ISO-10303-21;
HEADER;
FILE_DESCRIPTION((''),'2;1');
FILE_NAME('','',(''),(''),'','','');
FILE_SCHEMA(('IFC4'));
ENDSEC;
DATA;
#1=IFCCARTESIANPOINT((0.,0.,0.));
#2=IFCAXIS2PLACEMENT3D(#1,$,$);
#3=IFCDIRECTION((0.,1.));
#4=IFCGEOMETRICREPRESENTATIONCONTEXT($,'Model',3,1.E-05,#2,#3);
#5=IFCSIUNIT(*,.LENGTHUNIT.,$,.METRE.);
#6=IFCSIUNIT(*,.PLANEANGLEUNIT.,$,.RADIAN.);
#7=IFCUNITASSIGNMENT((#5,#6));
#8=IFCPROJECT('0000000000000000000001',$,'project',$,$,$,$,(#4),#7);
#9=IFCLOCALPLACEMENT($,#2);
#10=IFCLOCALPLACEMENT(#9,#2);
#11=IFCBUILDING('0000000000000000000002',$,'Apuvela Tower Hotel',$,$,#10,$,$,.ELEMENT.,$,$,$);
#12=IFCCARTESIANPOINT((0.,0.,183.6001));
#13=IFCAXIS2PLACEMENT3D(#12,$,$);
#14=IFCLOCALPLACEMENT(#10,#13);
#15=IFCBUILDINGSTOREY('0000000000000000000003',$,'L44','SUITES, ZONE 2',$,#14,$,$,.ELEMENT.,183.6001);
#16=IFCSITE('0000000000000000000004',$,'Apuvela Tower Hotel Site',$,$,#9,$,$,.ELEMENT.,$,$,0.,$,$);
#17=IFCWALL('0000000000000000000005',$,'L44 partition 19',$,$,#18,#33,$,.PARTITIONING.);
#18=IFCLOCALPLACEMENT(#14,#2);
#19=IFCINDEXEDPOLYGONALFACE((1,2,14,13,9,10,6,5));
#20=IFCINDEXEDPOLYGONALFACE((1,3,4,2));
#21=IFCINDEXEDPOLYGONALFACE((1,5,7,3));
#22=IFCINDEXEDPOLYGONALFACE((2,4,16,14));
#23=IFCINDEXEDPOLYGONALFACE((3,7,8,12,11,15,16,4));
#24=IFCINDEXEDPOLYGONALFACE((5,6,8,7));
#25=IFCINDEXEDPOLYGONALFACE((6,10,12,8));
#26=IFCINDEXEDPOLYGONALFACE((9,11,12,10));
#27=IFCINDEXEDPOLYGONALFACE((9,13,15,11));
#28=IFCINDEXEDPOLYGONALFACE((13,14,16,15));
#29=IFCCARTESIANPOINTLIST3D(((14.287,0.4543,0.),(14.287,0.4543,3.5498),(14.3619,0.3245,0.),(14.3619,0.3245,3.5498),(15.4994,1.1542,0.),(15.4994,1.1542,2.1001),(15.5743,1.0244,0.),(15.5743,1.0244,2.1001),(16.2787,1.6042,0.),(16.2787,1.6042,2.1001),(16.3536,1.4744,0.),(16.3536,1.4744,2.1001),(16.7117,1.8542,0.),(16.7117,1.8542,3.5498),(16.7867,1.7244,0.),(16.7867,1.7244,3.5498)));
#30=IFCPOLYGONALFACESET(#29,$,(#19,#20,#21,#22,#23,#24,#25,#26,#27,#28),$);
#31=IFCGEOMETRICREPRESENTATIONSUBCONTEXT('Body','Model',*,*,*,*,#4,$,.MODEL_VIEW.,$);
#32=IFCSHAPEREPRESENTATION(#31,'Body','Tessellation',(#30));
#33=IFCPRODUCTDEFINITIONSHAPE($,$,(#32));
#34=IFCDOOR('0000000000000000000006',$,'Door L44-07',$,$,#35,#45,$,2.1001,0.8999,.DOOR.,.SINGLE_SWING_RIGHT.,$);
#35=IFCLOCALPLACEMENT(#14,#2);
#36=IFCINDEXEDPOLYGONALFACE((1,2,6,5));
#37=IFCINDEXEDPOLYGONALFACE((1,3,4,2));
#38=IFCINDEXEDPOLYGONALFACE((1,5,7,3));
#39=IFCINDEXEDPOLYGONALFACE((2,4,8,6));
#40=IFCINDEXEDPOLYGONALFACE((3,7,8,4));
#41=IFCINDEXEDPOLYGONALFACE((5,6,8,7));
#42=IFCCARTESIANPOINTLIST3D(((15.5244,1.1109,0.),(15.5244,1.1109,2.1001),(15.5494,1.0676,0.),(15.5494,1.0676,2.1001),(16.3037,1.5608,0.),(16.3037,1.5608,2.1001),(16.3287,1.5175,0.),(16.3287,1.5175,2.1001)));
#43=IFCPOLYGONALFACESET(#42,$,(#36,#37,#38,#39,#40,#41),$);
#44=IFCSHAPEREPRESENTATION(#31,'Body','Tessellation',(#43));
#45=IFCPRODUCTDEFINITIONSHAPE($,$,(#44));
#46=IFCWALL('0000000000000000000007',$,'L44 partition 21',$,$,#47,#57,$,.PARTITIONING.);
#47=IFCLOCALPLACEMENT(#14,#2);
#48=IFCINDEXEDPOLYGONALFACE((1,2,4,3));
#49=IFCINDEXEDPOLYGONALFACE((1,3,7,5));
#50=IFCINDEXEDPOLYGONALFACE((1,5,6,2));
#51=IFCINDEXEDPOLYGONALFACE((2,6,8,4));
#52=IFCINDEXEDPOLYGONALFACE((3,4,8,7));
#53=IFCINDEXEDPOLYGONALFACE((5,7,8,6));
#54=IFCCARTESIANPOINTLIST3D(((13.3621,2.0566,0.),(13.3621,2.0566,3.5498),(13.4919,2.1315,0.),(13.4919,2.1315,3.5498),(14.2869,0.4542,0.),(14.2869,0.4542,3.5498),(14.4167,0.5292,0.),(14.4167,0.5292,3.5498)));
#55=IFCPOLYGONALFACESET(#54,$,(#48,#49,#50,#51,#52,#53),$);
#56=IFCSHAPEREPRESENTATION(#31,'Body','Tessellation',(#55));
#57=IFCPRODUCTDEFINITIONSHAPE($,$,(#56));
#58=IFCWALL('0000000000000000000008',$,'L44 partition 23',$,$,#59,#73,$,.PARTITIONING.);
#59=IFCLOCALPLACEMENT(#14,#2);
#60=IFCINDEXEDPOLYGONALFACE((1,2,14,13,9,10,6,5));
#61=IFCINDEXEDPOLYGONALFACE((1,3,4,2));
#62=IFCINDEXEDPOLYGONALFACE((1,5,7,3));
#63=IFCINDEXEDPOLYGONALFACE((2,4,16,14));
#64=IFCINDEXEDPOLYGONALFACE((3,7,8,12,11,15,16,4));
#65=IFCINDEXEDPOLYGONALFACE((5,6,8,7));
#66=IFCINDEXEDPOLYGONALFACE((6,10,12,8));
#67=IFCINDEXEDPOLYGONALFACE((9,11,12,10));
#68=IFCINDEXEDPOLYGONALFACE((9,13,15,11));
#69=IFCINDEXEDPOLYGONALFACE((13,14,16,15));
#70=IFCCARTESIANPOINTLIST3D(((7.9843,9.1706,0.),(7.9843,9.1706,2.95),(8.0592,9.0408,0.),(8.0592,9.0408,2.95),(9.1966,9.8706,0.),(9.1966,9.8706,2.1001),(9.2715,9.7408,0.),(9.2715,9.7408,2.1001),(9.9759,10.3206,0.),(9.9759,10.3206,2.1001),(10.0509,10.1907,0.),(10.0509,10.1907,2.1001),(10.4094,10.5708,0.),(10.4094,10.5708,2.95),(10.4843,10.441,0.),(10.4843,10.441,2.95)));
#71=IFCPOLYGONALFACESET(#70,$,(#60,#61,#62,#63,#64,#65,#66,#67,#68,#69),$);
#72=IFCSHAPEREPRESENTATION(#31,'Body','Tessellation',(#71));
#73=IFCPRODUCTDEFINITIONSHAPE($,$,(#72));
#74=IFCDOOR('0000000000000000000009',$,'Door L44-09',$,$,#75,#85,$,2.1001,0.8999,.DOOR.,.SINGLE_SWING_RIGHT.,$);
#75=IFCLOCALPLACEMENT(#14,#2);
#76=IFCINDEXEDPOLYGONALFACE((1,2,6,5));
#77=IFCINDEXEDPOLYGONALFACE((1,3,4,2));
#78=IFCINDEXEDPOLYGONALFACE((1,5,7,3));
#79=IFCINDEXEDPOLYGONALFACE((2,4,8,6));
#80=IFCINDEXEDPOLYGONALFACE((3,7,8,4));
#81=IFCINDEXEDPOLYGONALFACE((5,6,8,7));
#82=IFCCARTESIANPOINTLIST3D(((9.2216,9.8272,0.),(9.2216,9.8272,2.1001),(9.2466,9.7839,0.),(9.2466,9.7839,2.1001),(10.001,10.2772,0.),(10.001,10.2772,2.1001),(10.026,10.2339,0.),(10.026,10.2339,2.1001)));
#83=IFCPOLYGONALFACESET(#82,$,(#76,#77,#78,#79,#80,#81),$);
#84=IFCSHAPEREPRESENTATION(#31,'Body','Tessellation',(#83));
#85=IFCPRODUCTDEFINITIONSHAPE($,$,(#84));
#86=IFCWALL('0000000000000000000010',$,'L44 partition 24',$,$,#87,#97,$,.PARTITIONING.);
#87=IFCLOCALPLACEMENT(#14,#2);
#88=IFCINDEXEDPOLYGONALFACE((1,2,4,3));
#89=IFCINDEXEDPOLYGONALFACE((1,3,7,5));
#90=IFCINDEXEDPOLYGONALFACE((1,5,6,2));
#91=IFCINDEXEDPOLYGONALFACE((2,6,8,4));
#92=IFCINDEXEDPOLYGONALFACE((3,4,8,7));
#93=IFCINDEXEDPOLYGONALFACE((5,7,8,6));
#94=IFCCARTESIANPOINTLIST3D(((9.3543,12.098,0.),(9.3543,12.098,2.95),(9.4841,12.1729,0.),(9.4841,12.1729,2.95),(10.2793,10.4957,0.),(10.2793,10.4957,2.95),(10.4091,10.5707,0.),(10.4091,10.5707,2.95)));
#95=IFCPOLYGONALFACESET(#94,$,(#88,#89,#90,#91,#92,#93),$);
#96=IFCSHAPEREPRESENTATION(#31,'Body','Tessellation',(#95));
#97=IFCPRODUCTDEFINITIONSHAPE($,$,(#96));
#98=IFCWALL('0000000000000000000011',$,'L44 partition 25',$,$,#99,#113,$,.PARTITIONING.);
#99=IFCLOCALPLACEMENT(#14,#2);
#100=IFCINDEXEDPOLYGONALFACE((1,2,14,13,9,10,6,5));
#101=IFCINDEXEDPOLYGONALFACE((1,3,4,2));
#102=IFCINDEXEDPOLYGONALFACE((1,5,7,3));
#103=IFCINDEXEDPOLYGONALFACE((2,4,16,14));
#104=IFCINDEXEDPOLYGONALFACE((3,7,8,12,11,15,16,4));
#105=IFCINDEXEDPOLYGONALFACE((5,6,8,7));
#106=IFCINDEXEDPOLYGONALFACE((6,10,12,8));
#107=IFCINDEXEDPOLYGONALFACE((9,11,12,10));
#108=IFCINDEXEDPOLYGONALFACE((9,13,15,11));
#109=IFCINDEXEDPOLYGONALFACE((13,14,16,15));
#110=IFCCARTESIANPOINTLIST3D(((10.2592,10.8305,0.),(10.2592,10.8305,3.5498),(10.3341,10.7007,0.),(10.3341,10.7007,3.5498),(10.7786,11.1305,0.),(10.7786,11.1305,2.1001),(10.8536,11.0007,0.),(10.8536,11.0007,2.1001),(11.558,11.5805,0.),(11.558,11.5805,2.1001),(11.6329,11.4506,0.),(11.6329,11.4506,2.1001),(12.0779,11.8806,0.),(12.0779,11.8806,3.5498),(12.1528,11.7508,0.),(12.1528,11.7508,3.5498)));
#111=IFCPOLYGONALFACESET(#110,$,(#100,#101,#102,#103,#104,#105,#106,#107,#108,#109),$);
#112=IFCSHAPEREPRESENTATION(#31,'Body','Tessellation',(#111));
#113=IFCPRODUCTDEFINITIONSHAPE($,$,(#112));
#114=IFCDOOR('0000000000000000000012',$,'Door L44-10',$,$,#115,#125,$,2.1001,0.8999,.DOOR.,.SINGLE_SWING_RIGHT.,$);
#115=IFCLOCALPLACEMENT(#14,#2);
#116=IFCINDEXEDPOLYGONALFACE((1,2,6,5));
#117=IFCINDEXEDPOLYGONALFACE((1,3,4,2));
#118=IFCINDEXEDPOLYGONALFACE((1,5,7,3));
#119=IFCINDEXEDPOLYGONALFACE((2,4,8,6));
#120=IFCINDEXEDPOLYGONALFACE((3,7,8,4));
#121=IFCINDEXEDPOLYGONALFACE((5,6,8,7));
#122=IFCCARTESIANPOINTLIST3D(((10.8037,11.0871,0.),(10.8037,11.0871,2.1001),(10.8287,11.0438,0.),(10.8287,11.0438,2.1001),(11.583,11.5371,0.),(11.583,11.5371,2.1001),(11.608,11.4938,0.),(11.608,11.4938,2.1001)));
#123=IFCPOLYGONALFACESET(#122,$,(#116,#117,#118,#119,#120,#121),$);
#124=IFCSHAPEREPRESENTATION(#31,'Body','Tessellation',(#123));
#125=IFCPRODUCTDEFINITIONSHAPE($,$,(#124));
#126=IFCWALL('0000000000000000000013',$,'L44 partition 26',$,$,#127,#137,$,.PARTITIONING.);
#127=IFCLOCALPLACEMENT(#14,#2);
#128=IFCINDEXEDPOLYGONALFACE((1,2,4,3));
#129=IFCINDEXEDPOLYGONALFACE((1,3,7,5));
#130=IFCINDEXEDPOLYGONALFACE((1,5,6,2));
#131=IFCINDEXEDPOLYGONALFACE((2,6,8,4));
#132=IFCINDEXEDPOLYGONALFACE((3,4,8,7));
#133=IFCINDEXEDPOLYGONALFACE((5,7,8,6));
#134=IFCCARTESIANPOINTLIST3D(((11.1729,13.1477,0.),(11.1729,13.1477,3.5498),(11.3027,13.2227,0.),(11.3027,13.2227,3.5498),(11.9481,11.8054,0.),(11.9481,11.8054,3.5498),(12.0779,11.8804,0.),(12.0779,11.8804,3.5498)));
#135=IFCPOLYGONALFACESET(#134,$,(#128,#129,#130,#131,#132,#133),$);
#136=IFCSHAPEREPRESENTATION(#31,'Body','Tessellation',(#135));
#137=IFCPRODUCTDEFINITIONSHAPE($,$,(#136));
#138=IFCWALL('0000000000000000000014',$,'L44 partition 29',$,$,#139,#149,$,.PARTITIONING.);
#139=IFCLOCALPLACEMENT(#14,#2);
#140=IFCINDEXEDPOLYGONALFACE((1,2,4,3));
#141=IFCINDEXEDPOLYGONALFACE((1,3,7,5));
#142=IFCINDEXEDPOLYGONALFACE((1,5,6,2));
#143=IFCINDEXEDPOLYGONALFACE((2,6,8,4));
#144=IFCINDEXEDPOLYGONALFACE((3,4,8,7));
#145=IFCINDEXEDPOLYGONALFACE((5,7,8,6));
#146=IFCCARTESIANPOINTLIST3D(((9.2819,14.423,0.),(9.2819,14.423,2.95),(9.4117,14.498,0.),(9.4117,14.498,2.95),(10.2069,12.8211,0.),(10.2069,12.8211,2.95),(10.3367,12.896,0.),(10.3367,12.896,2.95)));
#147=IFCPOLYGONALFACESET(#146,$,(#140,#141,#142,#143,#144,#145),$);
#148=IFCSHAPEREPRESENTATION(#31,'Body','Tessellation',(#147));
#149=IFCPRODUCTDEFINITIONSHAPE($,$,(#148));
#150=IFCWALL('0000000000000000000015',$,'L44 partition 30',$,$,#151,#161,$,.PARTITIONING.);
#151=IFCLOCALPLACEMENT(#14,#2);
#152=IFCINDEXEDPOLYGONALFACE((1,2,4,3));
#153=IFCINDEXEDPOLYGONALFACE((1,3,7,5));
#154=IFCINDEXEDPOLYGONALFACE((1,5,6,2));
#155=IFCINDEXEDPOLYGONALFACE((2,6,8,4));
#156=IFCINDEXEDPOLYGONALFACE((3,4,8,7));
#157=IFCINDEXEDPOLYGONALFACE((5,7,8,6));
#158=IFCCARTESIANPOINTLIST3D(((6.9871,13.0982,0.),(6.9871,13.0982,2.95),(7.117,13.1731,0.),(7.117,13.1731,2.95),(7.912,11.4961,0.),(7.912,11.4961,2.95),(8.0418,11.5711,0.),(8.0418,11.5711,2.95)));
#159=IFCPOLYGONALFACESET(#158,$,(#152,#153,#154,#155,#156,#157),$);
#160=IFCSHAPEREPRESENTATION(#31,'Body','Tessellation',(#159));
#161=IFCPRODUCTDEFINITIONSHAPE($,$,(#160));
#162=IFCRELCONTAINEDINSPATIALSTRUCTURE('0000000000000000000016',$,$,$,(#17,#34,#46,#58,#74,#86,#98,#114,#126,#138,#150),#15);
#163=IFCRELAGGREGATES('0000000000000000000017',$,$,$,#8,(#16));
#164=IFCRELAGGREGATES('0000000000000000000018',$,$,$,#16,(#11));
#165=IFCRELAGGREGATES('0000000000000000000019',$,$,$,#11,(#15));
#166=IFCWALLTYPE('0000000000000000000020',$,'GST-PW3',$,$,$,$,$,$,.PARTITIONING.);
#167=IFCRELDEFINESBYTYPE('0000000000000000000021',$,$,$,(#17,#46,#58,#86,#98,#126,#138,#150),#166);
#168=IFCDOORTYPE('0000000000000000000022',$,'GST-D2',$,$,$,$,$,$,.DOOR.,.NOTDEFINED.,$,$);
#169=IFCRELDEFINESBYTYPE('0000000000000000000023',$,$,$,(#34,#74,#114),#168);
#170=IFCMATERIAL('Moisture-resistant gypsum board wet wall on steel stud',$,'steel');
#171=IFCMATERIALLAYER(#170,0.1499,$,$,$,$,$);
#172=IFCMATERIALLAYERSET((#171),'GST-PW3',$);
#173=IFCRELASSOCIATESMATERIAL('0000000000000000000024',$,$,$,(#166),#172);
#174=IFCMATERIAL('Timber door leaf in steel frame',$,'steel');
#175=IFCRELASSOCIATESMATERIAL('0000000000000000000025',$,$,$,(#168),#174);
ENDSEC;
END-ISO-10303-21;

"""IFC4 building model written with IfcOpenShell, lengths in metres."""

from ifc_helpers import new_model, si_unit, direction, frame, frame_2d, origin, place, context, subcontext, project, spatial, rectangle, extrude, material, layer, layer_set, type_object, element, fill, save


model = new_model("IFC4")

# Units and contexts
model_context = context("Model", 3, precision=1e-05, world=origin(), true_north=direction((0.0, 1.0)))
body_context = subcontext(model_context, "Body", "Model", "MODEL_VIEW")
ifc_project = project(units=[si_unit("LENGTHUNIT", "METRE"), si_unit("PLANEANGLEUNIT", "RADIAN")], contexts=[model_context])

# Site, building, storey
site_placement = place(None, origin())
site = spatial("IfcSite", under=ifc_project, at=site_placement, Name="Apuvela Tower Hotel Site", CompositionType="ELEMENT", RefElevation=0.0)
building_placement = place(site_placement, origin())
building = spatial("IfcBuilding", under=site, at=building_placement, Name="Apuvela Tower Hotel", CompositionType="ELEMENT")
storey_placement = place(building_placement, frame((0.0, 0.0, 183.6001)))
storey = spatial("IfcBuildingStorey", under=building, at=storey_placement, Name="L44", Description="SUITES, ZONE 2", CompositionType="ELEMENT", Elevation=183.6001)

# Wall, opening, door
ifc_material_1 = material(Name="Timber door leaf in steel frame", Category="steel")
ifc_material_2 = material(Name="Moisture-resistant gypsum board wet wall on steel stud", Category="steel")
ifc_layer_1 = layer(ifc_material_2, 0.1499)
ifc_layer_set_1 = layer_set([ifc_layer_1], Name="GST-PW3")
wall_type_1 = type_object("IfcWallType", Name="GST-PW3", PredefinedType="PARTITIONING", material=ifc_layer_set_1)
wall_1_placement = place(storey_placement, frame((14.3245, 0.3894, 0.0), z_axis=(0.0, 0.0, 1.0), x_axis=(0.866035, 0.499984, 0.0)))
wall_1 = element("IfcWall", 1, at=wall_1_placement, inside=storey, type_object=wall_type_1, Name="L44 partition 19", PredefinedType="PARTITIONING", context=body_context, shape_type="SweptSolid", body=[
    extrude(rectangle(XDim=2.7998, YDim=0.1499, at=frame_2d((1.3999, 0.0))), origin(), (0.0, 0.0, 1.0), 3.5498),
])
opening_1_placement = place(wall_1_placement, frame((1.3999, 0.0, 0.0)))
opening_1 = element("IfcOpeningElement", 2, at=opening_1_placement, cuts=wall_1, PredefinedType="OPENING", context=body_context, shape_type="SweptSolid", body=[
    extrude(rectangle(XDim=0.8999, YDim=2.1001, at=frame_2d((0.45, 1.05))), frame((0.0, 0.085, 0.0), z_axis=(0.0, -1.0, 0.0), x_axis=(1.0, 0.0, 0.0)), (0.0, 0.0, 1.0), 0.1699),
])
door_type_1 = type_object("IfcDoorType", Name="GST-D2", OperationType="NOTDEFINED", PredefinedType="DOOR", material=ifc_material_1)
door_1_placement = place(opening_1_placement, origin())
door_1 = element("IfcDoor", 3, at=door_1_placement, inside=storey, type_object=door_type_1, Name="Door L44-07", OperationType="SINGLE_SWING_RIGHT", OverallHeight=2.1001, OverallWidth=0.8999, PredefinedType="DOOR", context=body_context, shape_type="SweptSolid", body=[
    extrude(rectangle(XDim=0.8999, YDim=2.1001, at=frame_2d((0.45, 1.05))), frame((0.0, 0.0249, 0.0), z_axis=(0.0, -1.0, 0.0), x_axis=(1.0, 0.0, 0.0)), (0.0, 0.0, 1.0), 0.05),
])
fill(opening_1, door_1)

# Wall
wall_2_placement = place(storey_placement, frame((14.3518, 0.4917, 0.0), z_axis=(0.0, 0.0, 1.0), x_axis=(-0.499886, 0.866091, 0.0)))
element("IfcWall", 4, at=wall_2_placement, inside=storey, type_object=wall_type_1, Name="L44 partition 21", PredefinedType="PARTITIONING", context=body_context, shape_type="SweptSolid", body=[
    extrude(rectangle(XDim=1.8501, YDim=0.1499, at=frame_2d((0.925, 0.0))), origin(), (0.0, 0.0, 1.0), 3.5498),
])

# Wall, opening, door
wall_3_placement = place(storey_placement, frame((8.0217, 9.1057, 0.0), z_axis=(0.0, 0.0, 1.0), x_axis=(0.866019, 0.500012, 0.0)))
wall_3 = element("IfcWall", 5, at=wall_3_placement, inside=storey, type_object=wall_type_1, Name="L44 partition 23", PredefinedType="PARTITIONING", context=body_context, shape_type="SweptSolid", body=[
    extrude(rectangle(XDim=2.8003, YDim=0.1499, at=frame_2d((1.4001, 0.0))), origin(), (0.0, 0.0, 1.0), 2.95),
])
opening_2_placement = place(wall_3_placement, frame((1.3999, 0.0, 0.0)))
opening_2 = element("IfcOpeningElement", 6, at=opening_2_placement, cuts=wall_3, PredefinedType="OPENING", context=body_context, shape_type="SweptSolid", body=[
    extrude(rectangle(XDim=0.8999, YDim=2.1001, at=frame_2d((0.45, 1.05))), frame((0.0, 0.085, 0.0), z_axis=(0.0, -1.0, 0.0), x_axis=(1.0, 0.0, 0.0)), (0.0, 0.0, 1.0), 0.1699),
])
door_2_placement = place(opening_2_placement, origin())
door_2 = element("IfcDoor", 7, at=door_2_placement, inside=storey, type_object=door_type_1, Name="Door L44-09", OperationType="SINGLE_SWING_RIGHT", OverallHeight=2.1001, OverallWidth=0.8999, PredefinedType="DOOR", context=body_context, shape_type="SweptSolid", body=[
    extrude(rectangle(XDim=0.8999, YDim=2.1001, at=frame_2d((0.45, 1.05))), frame((0.0, 0.0249, 0.0), z_axis=(0.0, -1.0, 0.0), x_axis=(1.0, 0.0, 0.0)), (0.0, 0.0, 1.0), 0.05),
])
fill(opening_2, door_2)

# Wall
wall_4_placement = place(storey_placement, frame((10.3442, 10.5332, 0.0), z_axis=(0.0, 0.0, 1.0), x_axis=(-0.499985, 0.866034, 0.0)))
element("IfcWall", 8, at=wall_4_placement, inside=storey, type_object=wall_type_1, Name="L44 partition 24", PredefinedType="PARTITIONING", context=body_context, shape_type="SweptSolid", body=[
    extrude(rectangle(XDim=1.8501, YDim=0.1499, at=frame_2d((0.925, 0.0))), origin(), (0.0, 0.0, 1.0), 2.95),
])

# Wall, opening, door
wall_5_placement = place(storey_placement, frame((10.2966, 10.7656, 0.0), z_axis=(0.0, 0.0, 1.0), x_axis=(0.866009, 0.500028, 0.0)))
wall_5 = element("IfcWall", 9, at=wall_5_placement, inside=storey, type_object=wall_type_1, Name="L44 partition 25", PredefinedType="PARTITIONING", context=body_context, shape_type="SweptSolid", body=[
    extrude(rectangle(XDim=2.1001, YDim=0.1499, at=frame_2d((1.05, 0.0))), origin(), (0.0, 0.0, 1.0), 3.5498),
])
opening_3_placement = place(wall_5_placement, frame((0.5999, 0.0, 0.0)))
opening_3 = element("IfcOpeningElement", 10, at=opening_3_placement, cuts=wall_5, PredefinedType="OPENING", context=body_context, shape_type="SweptSolid", body=[
    extrude(rectangle(XDim=0.8999, YDim=2.1001, at=frame_2d((0.45, 1.05))), frame((0.0, 0.085, 0.0), z_axis=(0.0, -1.0, 0.0), x_axis=(1.0, 0.0, 0.0)), (0.0, 0.0, 1.0), 0.1699),
])
door_3_placement = place(opening_3_placement, origin())
door_3 = element("IfcDoor", 11, at=door_3_placement, inside=storey, type_object=door_type_1, Name="Door L44-10", OperationType="SINGLE_SWING_RIGHT", OverallHeight=2.1001, OverallWidth=0.8999, PredefinedType="DOOR", context=body_context, shape_type="SweptSolid", body=[
    extrude(rectangle(XDim=0.8999, YDim=2.1001, at=frame_2d((0.45, 1.05))), frame((0.0, 0.0249, 0.0), z_axis=(0.0, -1.0, 0.0), x_axis=(1.0, 0.0, 0.0)), (0.0, 0.0, 1.0), 0.05),
])
fill(opening_3, door_3)

# Walls
wall_6_placement = place(storey_placement, frame((12.0129, 11.843, 0.0), z_axis=(0.0, 0.0, 1.0), x_axis=(-0.500086, 0.865976, 0.0)))
element("IfcWall", 12, at=wall_6_placement, inside=storey, type_object=wall_type_1, Name="L44 partition 26", PredefinedType="PARTITIONING", context=body_context, shape_type="SweptSolid", body=[
    extrude(rectangle(XDim=1.55, YDim=0.1499, at=frame_2d((0.7749, 0.0))), origin(), (0.0, 0.0, 1.0), 3.5498),
])
for number, where, z_axis, x_axis, name in (
    (13, (10.2717, 12.8586, 0.0), (0.0, 0.0, 1.0), (-0.500042, 0.866001, 0.0), "L44 partition 29"),
    (14, (7.9768, 11.5337, 0.0), (0.0, 0.0, 1.0), (-0.499943, 0.866058, 0.0), "L44 partition 30"),
):
    element("IfcWall", number, at=place(storey_placement, frame(where, z_axis=z_axis, x_axis=x_axis)), inside=storey, type_object=wall_type_1, Name=name, PredefinedType="PARTITIONING", context=body_context, shape_type="SweptSolid", body=[
        extrude(rectangle(XDim=1.8499, YDim=0.1499, at=frame_2d((0.9248, 0.0))), origin(), (0.0, 0.0, 1.0), 2.95),
    ])

save(model, "model.ifc")
